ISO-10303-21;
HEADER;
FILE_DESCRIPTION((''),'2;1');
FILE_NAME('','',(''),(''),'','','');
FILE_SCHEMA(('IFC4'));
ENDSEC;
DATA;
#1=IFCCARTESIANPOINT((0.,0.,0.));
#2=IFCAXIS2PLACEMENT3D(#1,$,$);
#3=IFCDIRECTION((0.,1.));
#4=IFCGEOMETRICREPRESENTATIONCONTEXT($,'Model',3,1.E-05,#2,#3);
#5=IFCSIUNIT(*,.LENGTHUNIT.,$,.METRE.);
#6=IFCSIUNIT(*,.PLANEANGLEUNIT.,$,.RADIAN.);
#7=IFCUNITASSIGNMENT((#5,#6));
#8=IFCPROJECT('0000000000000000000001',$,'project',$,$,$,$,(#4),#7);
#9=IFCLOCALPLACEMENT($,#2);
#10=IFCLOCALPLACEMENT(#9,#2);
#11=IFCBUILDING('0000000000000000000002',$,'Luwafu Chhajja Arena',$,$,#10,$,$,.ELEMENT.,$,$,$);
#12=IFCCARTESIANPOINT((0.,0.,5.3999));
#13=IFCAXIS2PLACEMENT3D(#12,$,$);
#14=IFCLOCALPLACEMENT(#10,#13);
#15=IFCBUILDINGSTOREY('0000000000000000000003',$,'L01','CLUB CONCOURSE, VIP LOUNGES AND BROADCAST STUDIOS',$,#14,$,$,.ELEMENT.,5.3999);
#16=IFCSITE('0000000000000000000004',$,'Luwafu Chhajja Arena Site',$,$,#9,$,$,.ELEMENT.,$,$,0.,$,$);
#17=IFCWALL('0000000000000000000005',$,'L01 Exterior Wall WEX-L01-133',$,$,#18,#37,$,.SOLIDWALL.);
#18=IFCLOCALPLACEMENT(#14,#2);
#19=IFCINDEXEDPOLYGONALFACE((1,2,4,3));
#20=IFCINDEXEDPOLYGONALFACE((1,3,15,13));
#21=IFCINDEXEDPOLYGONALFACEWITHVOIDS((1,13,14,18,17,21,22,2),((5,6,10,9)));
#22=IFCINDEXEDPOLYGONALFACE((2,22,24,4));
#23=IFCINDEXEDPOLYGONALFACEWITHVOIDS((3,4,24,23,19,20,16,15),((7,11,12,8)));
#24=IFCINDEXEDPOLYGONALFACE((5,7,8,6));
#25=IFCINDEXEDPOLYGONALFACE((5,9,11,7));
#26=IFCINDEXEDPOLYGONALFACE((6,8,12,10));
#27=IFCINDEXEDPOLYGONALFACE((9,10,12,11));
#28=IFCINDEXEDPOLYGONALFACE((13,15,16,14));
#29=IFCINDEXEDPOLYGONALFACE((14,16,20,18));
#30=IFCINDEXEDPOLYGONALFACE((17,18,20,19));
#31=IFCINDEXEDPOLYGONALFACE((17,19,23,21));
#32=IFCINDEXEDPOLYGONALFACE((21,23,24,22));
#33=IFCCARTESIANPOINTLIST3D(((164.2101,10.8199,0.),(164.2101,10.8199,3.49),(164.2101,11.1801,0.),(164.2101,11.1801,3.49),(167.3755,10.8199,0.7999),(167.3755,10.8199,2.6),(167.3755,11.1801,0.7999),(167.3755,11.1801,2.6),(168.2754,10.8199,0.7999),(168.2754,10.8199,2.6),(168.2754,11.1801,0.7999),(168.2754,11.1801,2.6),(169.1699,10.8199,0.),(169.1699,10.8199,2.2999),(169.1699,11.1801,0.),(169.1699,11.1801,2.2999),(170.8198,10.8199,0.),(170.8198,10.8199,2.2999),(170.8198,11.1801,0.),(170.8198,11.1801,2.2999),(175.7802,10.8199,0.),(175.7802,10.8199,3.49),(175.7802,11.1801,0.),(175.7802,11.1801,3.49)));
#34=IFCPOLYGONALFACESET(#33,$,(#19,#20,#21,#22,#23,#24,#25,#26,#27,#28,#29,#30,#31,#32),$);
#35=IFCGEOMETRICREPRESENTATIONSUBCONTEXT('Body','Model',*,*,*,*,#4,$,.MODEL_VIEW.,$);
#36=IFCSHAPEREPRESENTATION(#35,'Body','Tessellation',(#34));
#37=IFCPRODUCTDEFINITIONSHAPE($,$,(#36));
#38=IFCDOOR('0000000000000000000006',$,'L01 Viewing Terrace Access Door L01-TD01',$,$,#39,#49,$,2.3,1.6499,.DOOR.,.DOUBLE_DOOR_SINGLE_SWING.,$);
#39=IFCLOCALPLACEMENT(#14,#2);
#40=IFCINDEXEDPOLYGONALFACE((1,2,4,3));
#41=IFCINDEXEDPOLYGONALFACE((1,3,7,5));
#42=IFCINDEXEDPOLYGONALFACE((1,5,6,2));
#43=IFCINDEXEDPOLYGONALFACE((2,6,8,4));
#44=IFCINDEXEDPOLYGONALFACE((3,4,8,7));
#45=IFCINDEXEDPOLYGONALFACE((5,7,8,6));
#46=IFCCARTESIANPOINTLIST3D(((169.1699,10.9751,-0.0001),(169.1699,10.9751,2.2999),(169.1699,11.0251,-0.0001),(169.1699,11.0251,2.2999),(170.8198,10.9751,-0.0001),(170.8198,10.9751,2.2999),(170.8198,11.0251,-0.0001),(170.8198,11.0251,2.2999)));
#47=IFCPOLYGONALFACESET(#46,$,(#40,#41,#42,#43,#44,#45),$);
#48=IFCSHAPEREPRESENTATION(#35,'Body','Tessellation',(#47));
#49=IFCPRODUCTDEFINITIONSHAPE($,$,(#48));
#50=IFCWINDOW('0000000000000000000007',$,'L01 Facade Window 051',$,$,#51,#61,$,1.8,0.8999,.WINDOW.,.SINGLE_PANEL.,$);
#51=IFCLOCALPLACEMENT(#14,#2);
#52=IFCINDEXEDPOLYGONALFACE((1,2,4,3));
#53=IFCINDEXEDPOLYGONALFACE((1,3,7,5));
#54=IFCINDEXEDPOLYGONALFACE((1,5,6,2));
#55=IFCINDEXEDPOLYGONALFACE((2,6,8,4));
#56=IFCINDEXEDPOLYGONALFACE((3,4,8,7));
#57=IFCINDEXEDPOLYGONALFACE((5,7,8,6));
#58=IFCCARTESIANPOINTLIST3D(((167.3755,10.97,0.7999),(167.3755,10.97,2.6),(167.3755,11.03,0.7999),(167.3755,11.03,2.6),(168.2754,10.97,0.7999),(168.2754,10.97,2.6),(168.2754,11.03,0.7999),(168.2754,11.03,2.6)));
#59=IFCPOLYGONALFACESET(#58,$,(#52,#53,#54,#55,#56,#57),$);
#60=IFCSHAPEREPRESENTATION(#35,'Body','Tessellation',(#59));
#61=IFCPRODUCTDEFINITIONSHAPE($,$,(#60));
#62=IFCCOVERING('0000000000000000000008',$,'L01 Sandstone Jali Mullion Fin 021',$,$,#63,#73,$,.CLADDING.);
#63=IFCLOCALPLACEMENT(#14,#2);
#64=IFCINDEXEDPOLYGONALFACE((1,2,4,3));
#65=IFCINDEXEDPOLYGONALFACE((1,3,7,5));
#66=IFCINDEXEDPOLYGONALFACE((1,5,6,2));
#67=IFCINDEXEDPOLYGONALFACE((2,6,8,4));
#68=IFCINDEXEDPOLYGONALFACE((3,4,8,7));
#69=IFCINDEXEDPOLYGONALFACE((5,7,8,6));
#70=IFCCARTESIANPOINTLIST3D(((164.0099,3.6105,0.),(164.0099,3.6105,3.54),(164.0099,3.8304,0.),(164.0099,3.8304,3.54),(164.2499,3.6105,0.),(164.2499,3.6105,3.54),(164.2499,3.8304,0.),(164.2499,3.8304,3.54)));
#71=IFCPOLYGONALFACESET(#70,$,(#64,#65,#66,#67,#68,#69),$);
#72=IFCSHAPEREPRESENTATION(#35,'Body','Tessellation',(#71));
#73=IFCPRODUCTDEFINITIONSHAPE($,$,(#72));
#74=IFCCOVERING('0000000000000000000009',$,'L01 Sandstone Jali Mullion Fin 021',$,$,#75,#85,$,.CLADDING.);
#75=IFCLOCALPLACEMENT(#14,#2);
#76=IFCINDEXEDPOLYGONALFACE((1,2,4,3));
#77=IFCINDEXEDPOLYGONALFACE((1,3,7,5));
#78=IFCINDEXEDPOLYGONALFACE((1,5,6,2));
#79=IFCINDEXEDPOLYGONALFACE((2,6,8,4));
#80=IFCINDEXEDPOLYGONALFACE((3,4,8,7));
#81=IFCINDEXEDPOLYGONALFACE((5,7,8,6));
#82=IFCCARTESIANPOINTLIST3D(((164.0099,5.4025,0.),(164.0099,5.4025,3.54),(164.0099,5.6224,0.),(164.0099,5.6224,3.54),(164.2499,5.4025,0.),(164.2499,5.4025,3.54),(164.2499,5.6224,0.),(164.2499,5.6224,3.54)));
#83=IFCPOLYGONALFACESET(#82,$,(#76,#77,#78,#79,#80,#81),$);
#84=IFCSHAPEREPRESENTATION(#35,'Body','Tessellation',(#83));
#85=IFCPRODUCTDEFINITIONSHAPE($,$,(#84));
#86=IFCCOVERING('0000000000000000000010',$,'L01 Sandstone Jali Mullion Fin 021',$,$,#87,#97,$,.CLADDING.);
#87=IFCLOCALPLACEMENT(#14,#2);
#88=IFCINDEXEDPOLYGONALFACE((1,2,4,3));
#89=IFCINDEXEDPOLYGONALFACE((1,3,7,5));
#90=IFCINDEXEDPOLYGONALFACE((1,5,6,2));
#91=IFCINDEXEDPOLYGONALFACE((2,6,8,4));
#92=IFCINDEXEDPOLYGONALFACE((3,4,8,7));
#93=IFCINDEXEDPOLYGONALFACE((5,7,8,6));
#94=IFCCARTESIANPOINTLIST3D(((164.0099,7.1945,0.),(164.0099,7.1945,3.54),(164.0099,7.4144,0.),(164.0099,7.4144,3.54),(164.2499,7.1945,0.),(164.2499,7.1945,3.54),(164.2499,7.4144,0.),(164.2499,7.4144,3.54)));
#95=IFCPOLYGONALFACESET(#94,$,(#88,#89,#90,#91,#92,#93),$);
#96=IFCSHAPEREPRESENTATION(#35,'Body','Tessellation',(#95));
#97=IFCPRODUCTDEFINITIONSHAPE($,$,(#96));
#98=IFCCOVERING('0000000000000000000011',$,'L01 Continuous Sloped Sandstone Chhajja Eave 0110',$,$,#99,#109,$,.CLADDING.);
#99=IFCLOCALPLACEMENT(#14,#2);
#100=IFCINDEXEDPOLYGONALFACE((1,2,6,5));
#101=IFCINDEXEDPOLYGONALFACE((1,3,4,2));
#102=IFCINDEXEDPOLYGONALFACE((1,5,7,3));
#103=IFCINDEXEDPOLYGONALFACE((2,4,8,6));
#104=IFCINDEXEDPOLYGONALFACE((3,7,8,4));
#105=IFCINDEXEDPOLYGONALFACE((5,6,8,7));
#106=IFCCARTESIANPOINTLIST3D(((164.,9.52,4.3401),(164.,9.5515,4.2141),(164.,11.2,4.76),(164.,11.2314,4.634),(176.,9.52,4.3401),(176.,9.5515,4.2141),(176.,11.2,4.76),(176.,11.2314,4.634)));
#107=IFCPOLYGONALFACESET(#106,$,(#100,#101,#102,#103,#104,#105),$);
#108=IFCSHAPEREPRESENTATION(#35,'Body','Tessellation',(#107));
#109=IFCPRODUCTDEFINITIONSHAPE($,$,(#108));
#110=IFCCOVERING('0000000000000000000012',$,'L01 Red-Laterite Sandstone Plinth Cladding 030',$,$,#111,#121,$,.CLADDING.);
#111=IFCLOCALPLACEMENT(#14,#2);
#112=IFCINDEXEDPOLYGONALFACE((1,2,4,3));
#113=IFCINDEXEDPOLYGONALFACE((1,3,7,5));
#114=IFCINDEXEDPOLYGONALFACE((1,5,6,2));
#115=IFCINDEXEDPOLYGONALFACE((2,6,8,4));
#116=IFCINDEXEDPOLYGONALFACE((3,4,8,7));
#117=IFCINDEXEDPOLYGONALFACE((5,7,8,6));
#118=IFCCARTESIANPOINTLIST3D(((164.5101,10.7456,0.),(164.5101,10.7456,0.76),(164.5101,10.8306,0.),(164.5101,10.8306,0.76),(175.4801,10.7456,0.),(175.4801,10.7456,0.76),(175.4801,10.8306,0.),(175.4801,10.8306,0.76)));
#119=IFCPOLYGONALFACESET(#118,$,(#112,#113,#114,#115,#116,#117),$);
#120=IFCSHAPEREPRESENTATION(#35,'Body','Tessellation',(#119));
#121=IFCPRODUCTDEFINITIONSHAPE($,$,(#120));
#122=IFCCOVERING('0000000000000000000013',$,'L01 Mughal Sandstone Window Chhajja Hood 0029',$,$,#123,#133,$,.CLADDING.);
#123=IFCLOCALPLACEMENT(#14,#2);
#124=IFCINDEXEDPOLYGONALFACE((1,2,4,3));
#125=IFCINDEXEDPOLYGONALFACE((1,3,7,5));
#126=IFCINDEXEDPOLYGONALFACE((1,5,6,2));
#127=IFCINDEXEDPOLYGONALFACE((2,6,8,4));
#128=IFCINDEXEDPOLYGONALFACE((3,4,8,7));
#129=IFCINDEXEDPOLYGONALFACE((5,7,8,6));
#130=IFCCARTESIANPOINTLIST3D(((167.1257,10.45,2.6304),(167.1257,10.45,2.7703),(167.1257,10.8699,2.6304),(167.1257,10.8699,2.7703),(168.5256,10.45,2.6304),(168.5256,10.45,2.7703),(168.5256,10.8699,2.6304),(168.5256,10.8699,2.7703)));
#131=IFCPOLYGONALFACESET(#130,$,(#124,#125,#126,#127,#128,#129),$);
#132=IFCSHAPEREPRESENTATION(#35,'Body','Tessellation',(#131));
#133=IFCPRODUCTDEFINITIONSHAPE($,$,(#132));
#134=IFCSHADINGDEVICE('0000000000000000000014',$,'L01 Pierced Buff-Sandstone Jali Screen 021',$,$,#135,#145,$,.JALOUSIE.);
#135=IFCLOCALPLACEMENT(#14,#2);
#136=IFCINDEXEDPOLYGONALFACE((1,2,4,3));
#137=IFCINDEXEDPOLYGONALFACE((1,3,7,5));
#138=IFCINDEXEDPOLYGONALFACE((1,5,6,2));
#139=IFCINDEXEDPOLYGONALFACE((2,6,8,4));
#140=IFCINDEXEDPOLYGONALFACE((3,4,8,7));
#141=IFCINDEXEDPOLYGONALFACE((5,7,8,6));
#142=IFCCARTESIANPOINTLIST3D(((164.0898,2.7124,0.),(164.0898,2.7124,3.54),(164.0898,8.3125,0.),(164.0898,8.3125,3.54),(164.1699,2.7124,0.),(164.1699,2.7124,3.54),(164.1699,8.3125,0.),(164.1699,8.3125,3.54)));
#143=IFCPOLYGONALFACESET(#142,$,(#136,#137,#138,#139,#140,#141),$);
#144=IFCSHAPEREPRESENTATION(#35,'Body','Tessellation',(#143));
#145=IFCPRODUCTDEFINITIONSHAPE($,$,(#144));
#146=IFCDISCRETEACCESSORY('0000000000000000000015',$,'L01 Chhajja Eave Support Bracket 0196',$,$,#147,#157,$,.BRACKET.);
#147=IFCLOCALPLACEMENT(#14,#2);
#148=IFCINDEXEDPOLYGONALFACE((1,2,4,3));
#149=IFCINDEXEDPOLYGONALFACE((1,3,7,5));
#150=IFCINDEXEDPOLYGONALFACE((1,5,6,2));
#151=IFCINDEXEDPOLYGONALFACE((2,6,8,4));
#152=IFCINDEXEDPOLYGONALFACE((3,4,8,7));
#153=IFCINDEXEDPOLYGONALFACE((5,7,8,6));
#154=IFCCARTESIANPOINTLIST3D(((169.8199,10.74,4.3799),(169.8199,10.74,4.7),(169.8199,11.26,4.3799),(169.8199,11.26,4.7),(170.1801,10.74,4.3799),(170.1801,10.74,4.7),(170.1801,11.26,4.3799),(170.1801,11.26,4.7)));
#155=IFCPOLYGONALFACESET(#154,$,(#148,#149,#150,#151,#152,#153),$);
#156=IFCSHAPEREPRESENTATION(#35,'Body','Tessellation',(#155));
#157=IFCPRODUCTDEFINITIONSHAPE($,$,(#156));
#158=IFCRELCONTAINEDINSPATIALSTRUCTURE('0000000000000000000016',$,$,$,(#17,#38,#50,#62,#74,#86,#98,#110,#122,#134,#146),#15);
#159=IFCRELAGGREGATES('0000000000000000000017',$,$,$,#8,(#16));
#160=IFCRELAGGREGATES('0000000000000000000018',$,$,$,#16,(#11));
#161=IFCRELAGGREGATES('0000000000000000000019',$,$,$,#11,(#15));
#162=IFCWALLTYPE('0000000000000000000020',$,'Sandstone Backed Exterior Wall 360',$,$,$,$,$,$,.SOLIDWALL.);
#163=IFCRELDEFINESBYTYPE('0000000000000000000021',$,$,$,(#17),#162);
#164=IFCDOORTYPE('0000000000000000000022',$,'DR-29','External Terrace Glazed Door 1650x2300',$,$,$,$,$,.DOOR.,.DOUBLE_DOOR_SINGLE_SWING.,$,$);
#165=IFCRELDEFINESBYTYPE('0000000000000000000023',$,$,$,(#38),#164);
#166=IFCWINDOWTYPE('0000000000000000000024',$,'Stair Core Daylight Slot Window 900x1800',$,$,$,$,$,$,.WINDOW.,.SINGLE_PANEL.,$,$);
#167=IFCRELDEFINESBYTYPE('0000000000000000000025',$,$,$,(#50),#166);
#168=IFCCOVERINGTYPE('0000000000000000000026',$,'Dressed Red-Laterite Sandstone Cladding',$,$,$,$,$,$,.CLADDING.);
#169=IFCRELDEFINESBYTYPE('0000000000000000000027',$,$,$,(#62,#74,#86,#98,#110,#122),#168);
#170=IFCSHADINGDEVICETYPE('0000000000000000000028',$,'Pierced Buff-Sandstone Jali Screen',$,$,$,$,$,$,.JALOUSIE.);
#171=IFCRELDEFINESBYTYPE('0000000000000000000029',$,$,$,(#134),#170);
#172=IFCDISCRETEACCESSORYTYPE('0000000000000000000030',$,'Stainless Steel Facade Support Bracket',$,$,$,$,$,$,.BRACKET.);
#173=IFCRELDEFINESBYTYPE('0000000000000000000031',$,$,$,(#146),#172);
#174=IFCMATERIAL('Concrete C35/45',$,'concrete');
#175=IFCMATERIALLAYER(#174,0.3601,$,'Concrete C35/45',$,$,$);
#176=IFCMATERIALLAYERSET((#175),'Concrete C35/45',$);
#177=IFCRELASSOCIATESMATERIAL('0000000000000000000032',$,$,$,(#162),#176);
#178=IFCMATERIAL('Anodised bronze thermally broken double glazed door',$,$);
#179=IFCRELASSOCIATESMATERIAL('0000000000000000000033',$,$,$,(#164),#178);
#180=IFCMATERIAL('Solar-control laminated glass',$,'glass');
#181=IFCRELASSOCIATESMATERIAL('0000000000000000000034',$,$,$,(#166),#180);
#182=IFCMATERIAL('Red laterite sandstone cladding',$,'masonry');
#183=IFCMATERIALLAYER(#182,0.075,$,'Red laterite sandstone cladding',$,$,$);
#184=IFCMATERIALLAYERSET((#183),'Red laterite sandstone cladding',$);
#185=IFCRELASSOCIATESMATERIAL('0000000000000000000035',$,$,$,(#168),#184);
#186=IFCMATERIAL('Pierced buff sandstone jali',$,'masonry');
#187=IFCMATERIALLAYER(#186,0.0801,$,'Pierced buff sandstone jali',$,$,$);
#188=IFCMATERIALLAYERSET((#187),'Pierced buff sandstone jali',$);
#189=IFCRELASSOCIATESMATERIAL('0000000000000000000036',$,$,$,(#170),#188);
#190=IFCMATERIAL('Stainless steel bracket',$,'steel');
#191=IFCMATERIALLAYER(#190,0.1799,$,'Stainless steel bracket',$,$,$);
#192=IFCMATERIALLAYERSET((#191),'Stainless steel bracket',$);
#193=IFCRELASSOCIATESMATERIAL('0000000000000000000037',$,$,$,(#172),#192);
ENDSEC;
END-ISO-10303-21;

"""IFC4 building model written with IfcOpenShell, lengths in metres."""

from ifc_helpers import new_model, si_unit, direction, frame, frame_2d, origin, origin_2d, place, context, subcontext, project, spatial, polyline, rectangle, outline, extrude, material, layer, layer_set, type_object, element, fill, save


model = new_model("IFC4")

# Units and contexts
model_context = context("Model", 3, precision=1e-05, world=origin(), true_north=direction((0.0, 1.0)))
body_context = subcontext(model_context, "Body", "Model", "MODEL_VIEW")
ifc_project = project(units=[si_unit("LENGTHUNIT", "METRE"), si_unit("PLANEANGLEUNIT", "RADIAN")], contexts=[model_context])

# Site, building, storey
site_placement = place(None, origin())
site = spatial("IfcSite", under=ifc_project, at=site_placement, Name="Luwafu Chhajja Arena Site", CompositionType="ELEMENT", RefElevation=0.0)
building_placement = place(site_placement, origin())
building = spatial("IfcBuilding", under=site, at=building_placement, Name="Luwafu Chhajja Arena", CompositionType="ELEMENT")
storey_placement = place(building_placement, frame((0.0, 0.0, 5.3999)))
storey = spatial("IfcBuildingStorey", under=building, at=storey_placement, Name="L01", Description="CLUB CONCOURSE, VIP LOUNGES AND BROADCAST STUDIOS", CompositionType="ELEMENT", Elevation=5.3999)

# Shared definitions
ifc_material_1 = material(Name="Concrete C35/45", Category="concrete")

# Shared definitions
ifc_material_2 = material(Name="Solar-control laminated glass", Category="glass")

# Wall, openings, door, window
ifc_layer_1 = layer(ifc_material_1, 0.3601, Name="Concrete C35/45")
ifc_layer_set_1 = layer_set([ifc_layer_1], Name="Concrete C35/45")
wall_type = type_object("IfcWallType", Name="Sandstone Backed Exterior Wall 360", PredefinedType="SOLIDWALL", material=ifc_layer_set_1)
wall_placement = place(storey_placement, frame((164.21, 11.0, 0.0), z_axis=(0.0, 0.0, 1.0), x_axis=(1.0, 0.0, 0.0)))
wall = element("IfcWall", 1, at=wall_placement, inside=storey, type_object=wall_type, Name="L01 Exterior Wall WEX-L01-133", PredefinedType="SOLIDWALL", context=body_context, shape_type="SweptSolid", body=[
    extrude(rectangle(XDim=11.5701, YDim=0.3601, at=frame_2d((5.7852, 0.0))), origin(), (0.0, 0.0, 1.0), 3.49),
])
opening_1_placement = place(wall_placement, frame((4.96, 0.0, 0.0)))
opening_1 = element("IfcOpeningElement", 2, at=opening_1_placement, cuts=wall, PredefinedType="OPENING", context=body_context, shape_type="SweptSolid", body=[
    extrude(rectangle(XDim=1.6499, YDim=2.3, at=frame_2d((0.825, 1.1499))), frame((0.0, 0.1899, 0.0), z_axis=(0.0, -1.0, 0.0), x_axis=(1.0, 0.0, 0.0)), (0.0, 0.0, 1.0), 0.3801),
])
opening_2_placement = place(wall_placement, frame((3.1655, 0.0, 0.8)))
opening_2 = element("IfcOpeningElement", 3, at=opening_2_placement, cuts=wall, PredefinedType="OPENING", context=body_context, shape_type="SweptSolid", body=[
    extrude(rectangle(XDim=0.8999, YDim=1.8, at=frame_2d((0.45, 0.8999))), frame((0.0, 0.1899, 0.0), z_axis=(0.0, -1.0, 0.0), x_axis=(1.0, 0.0, 0.0)), (0.0, 0.0, 1.0), 0.3801),
])
ifc_material_3 = material(Name="Anodised bronze thermally broken double glazed door")
door_type = type_object("IfcDoorType", Name="DR-29", Description="External Terrace Glazed Door 1650x2300", OperationType="DOUBLE_DOOR_SINGLE_SWING", PredefinedType="DOOR", material=ifc_material_3)
door_placement = place(opening_1_placement, frame((1.6499, 0.0, 0.0), z_axis=(0.0, 0.0, 1.0), x_axis=(-1.0, 0.0, 0.0)))
door = element("IfcDoor", 4, at=door_placement, inside=storey, type_object=door_type, Name="L01 Viewing Terrace Access Door L01-TD01", OperationType="DOUBLE_DOOR_SINGLE_SWING", OverallHeight=2.3, OverallWidth=1.6499, PredefinedType="DOOR", context=body_context, shape_type="SweptSolid", body=[
    extrude(rectangle(XDim=1.6499, YDim=2.3, at=frame_2d((0.825, 1.1499))), frame((0.0, 0.0249, 0.0), z_axis=(0.0, -1.0, 0.0), x_axis=(1.0, 0.0, 0.0)), (0.0, 0.0, 1.0), 0.05),
])
fill(opening_1, door)
window_type = type_object("IfcWindowType", Name="Stair Core Daylight Slot Window 900x1800", PartitioningType="SINGLE_PANEL", PredefinedType="WINDOW", material=ifc_material_2)
window_placement = place(opening_2_placement, origin())
window = element("IfcWindow", 5, at=window_placement, inside=storey, type_object=window_type, Name="L01 Facade Window 051", OverallHeight=1.8, OverallWidth=0.8999, PartitioningType="SINGLE_PANEL", PredefinedType="WINDOW", context=body_context, shape_type="SweptSolid", body=[
    extrude(rectangle(XDim=0.8999, YDim=1.8, at=frame_2d((0.45, 0.8999))), frame((0.0, 0.03, 0.0), z_axis=(0.0, -1.0, 0.0), x_axis=(1.0, 0.0, 0.0)), (0.0, 0.0, 1.0), 0.0601),
])
fill(opening_2, window)

# Coverings
ifc_material_4 = material(Name="Red laterite sandstone cladding", Category="masonry")
ifc_layer_2 = layer(ifc_material_4, 0.075, Name="Red laterite sandstone cladding")
ifc_layer_set_2 = layer_set([ifc_layer_2], Name="Red laterite sandstone cladding")
covering_type = type_object("IfcCoveringType", Name="Dressed Red-Laterite Sandstone Cladding", PredefinedType="CLADDING", material=ifc_layer_set_2)
for number, where, z_axis, x_axis, name in (
    (6, (164.1299, 3.7205, 0.0), (0.0, 0.0, 1.0), (0.0, 1.0, 0.0), "L01 Sandstone Jali Mullion Fin 021"),
    (7, (164.1299, 5.5125, 0.0), (0.0, 0.0, 1.0), (0.0, 1.0, 0.0), "L01 Sandstone Jali Mullion Fin 021"),
    (8, (164.1299, 7.3044, 0.0), (0.0, 0.0, 1.0), (0.0, 1.0, 0.0), "L01 Sandstone Jali Mullion Fin 021"),
):
    element("IfcCovering", number, at=place(storey_placement, frame(where, z_axis=z_axis, x_axis=x_axis)), inside=storey, type_object=covering_type, Name=name, PredefinedType="CLADDING", context=body_context, shape_type="SweptSolid", body=[
        extrude(rectangle(XDim=0.22, YDim=0.24, at=origin_2d()), origin(), (0.0, 0.0, 1.0), 3.54),
    ])
covering_1_placement = place(storey_placement, frame((164.0, 11.2, 4.76), z_axis=(0.0, -0.242502, 0.970151), x_axis=(1.0, 0.0, 0.0)))
element("IfcCovering", 9, at=covering_1_placement, inside=storey, type_object=covering_type, Name="L01 Continuous Sloped Sandstone Chhajja Eave 0110", PredefinedType="CLADDING", context=body_context, shape_type="SweptSolid", body=[
    extrude(outline(polyline([(0.0, 0.0), (12.0, 0.0), (12.0, -1.7316), (0.0, -1.7316), (0.0, 0.0)])), origin(), (0.0, 0.0, -1.0), 0.1299),
])
covering_2_placement = place(storey_placement, frame((169.9951, 10.7881, 0.0), z_axis=(0.0, 0.0, 1.0), x_axis=(1.0, 0.0, 0.0)))
element("IfcCovering", 10, at=covering_2_placement, inside=storey, type_object=covering_type, Name="L01 Red-Laterite Sandstone Plinth Cladding 030", PredefinedType="CLADDING", context=body_context, shape_type="SweptSolid", body=[
    extrude(rectangle(XDim=10.97, YDim=0.085, at=origin_2d()), origin(), (0.0, 0.0, 1.0), 0.76),
])
covering_3_placement = place(storey_placement, frame((167.8257, 10.6599, 2.6304), z_axis=(0.0, 0.0, 1.0), x_axis=(1.0, 0.0, 0.0)))
element("IfcCovering", 11, at=covering_3_placement, inside=storey, type_object=covering_type, Name="L01 Mughal Sandstone Window Chhajja Hood 0029", PredefinedType="CLADDING", context=body_context, shape_type="SweptSolid", body=[
    extrude(rectangle(XDim=1.3999, YDim=0.4199, at=origin_2d()), origin(), (0.0, 0.0, 1.0), 0.1399),
])

# Shading device
ifc_material_5 = material(Name="Pierced buff sandstone jali", Category="masonry")
ifc_layer_3 = layer(ifc_material_5, 0.0801, Name="Pierced buff sandstone jali")
ifc_layer_set_3 = layer_set([ifc_layer_3], Name="Pierced buff sandstone jali")
shading_device_type = type_object("IfcShadingDeviceType", Name="Pierced Buff-Sandstone Jali Screen", PredefinedType="JALOUSIE", material=ifc_layer_set_3)
shading_device_placement = place(storey_placement, frame((164.1299, 5.5125, 0.0), z_axis=(0.0, 0.0, 1.0), x_axis=(0.0, 1.0, 0.0)))
element("IfcShadingDevice", 12, at=shading_device_placement, inside=storey, type_object=shading_device_type, Name="L01 Pierced Buff-Sandstone Jali Screen 021", PredefinedType="JALOUSIE", context=body_context, shape_type="SweptSolid", body=[
    extrude(rectangle(XDim=5.6001, YDim=0.0801, at=origin_2d()), origin(), (0.0, 0.0, 1.0), 3.54),
])

# Discrete accessory
ifc_material_6 = material(Name="Stainless steel bracket", Category="steel")
ifc_layer_4 = layer(ifc_material_6, 0.1799, Name="Stainless steel bracket")
ifc_layer_set_4 = layer_set([ifc_layer_4], Name="Stainless steel bracket")
discrete_accessory_type = type_object("IfcDiscreteAccessoryType", Name="Stainless Steel Facade Support Bracket", PredefinedType="BRACKET", material=ifc_layer_set_4)
discrete_accessory_placement = place(storey_placement, frame((170.0, 11.0, 4.3799), z_axis=(0.0, 0.0, 1.0), x_axis=(1.0, 0.0, 0.0)))
element("IfcDiscreteAccessory", 13, at=discrete_accessory_placement, inside=storey, type_object=discrete_accessory_type, Name="L01 Chhajja Eave Support Bracket 0196", PredefinedType="BRACKET", context=body_context, shape_type="SweptSolid", body=[
    extrude(rectangle(XDim=0.3601, YDim=0.52, at=origin_2d()), origin(), (0.0, 0.0, 1.0), 0.3201),
])

save(model, "model.ifc")
